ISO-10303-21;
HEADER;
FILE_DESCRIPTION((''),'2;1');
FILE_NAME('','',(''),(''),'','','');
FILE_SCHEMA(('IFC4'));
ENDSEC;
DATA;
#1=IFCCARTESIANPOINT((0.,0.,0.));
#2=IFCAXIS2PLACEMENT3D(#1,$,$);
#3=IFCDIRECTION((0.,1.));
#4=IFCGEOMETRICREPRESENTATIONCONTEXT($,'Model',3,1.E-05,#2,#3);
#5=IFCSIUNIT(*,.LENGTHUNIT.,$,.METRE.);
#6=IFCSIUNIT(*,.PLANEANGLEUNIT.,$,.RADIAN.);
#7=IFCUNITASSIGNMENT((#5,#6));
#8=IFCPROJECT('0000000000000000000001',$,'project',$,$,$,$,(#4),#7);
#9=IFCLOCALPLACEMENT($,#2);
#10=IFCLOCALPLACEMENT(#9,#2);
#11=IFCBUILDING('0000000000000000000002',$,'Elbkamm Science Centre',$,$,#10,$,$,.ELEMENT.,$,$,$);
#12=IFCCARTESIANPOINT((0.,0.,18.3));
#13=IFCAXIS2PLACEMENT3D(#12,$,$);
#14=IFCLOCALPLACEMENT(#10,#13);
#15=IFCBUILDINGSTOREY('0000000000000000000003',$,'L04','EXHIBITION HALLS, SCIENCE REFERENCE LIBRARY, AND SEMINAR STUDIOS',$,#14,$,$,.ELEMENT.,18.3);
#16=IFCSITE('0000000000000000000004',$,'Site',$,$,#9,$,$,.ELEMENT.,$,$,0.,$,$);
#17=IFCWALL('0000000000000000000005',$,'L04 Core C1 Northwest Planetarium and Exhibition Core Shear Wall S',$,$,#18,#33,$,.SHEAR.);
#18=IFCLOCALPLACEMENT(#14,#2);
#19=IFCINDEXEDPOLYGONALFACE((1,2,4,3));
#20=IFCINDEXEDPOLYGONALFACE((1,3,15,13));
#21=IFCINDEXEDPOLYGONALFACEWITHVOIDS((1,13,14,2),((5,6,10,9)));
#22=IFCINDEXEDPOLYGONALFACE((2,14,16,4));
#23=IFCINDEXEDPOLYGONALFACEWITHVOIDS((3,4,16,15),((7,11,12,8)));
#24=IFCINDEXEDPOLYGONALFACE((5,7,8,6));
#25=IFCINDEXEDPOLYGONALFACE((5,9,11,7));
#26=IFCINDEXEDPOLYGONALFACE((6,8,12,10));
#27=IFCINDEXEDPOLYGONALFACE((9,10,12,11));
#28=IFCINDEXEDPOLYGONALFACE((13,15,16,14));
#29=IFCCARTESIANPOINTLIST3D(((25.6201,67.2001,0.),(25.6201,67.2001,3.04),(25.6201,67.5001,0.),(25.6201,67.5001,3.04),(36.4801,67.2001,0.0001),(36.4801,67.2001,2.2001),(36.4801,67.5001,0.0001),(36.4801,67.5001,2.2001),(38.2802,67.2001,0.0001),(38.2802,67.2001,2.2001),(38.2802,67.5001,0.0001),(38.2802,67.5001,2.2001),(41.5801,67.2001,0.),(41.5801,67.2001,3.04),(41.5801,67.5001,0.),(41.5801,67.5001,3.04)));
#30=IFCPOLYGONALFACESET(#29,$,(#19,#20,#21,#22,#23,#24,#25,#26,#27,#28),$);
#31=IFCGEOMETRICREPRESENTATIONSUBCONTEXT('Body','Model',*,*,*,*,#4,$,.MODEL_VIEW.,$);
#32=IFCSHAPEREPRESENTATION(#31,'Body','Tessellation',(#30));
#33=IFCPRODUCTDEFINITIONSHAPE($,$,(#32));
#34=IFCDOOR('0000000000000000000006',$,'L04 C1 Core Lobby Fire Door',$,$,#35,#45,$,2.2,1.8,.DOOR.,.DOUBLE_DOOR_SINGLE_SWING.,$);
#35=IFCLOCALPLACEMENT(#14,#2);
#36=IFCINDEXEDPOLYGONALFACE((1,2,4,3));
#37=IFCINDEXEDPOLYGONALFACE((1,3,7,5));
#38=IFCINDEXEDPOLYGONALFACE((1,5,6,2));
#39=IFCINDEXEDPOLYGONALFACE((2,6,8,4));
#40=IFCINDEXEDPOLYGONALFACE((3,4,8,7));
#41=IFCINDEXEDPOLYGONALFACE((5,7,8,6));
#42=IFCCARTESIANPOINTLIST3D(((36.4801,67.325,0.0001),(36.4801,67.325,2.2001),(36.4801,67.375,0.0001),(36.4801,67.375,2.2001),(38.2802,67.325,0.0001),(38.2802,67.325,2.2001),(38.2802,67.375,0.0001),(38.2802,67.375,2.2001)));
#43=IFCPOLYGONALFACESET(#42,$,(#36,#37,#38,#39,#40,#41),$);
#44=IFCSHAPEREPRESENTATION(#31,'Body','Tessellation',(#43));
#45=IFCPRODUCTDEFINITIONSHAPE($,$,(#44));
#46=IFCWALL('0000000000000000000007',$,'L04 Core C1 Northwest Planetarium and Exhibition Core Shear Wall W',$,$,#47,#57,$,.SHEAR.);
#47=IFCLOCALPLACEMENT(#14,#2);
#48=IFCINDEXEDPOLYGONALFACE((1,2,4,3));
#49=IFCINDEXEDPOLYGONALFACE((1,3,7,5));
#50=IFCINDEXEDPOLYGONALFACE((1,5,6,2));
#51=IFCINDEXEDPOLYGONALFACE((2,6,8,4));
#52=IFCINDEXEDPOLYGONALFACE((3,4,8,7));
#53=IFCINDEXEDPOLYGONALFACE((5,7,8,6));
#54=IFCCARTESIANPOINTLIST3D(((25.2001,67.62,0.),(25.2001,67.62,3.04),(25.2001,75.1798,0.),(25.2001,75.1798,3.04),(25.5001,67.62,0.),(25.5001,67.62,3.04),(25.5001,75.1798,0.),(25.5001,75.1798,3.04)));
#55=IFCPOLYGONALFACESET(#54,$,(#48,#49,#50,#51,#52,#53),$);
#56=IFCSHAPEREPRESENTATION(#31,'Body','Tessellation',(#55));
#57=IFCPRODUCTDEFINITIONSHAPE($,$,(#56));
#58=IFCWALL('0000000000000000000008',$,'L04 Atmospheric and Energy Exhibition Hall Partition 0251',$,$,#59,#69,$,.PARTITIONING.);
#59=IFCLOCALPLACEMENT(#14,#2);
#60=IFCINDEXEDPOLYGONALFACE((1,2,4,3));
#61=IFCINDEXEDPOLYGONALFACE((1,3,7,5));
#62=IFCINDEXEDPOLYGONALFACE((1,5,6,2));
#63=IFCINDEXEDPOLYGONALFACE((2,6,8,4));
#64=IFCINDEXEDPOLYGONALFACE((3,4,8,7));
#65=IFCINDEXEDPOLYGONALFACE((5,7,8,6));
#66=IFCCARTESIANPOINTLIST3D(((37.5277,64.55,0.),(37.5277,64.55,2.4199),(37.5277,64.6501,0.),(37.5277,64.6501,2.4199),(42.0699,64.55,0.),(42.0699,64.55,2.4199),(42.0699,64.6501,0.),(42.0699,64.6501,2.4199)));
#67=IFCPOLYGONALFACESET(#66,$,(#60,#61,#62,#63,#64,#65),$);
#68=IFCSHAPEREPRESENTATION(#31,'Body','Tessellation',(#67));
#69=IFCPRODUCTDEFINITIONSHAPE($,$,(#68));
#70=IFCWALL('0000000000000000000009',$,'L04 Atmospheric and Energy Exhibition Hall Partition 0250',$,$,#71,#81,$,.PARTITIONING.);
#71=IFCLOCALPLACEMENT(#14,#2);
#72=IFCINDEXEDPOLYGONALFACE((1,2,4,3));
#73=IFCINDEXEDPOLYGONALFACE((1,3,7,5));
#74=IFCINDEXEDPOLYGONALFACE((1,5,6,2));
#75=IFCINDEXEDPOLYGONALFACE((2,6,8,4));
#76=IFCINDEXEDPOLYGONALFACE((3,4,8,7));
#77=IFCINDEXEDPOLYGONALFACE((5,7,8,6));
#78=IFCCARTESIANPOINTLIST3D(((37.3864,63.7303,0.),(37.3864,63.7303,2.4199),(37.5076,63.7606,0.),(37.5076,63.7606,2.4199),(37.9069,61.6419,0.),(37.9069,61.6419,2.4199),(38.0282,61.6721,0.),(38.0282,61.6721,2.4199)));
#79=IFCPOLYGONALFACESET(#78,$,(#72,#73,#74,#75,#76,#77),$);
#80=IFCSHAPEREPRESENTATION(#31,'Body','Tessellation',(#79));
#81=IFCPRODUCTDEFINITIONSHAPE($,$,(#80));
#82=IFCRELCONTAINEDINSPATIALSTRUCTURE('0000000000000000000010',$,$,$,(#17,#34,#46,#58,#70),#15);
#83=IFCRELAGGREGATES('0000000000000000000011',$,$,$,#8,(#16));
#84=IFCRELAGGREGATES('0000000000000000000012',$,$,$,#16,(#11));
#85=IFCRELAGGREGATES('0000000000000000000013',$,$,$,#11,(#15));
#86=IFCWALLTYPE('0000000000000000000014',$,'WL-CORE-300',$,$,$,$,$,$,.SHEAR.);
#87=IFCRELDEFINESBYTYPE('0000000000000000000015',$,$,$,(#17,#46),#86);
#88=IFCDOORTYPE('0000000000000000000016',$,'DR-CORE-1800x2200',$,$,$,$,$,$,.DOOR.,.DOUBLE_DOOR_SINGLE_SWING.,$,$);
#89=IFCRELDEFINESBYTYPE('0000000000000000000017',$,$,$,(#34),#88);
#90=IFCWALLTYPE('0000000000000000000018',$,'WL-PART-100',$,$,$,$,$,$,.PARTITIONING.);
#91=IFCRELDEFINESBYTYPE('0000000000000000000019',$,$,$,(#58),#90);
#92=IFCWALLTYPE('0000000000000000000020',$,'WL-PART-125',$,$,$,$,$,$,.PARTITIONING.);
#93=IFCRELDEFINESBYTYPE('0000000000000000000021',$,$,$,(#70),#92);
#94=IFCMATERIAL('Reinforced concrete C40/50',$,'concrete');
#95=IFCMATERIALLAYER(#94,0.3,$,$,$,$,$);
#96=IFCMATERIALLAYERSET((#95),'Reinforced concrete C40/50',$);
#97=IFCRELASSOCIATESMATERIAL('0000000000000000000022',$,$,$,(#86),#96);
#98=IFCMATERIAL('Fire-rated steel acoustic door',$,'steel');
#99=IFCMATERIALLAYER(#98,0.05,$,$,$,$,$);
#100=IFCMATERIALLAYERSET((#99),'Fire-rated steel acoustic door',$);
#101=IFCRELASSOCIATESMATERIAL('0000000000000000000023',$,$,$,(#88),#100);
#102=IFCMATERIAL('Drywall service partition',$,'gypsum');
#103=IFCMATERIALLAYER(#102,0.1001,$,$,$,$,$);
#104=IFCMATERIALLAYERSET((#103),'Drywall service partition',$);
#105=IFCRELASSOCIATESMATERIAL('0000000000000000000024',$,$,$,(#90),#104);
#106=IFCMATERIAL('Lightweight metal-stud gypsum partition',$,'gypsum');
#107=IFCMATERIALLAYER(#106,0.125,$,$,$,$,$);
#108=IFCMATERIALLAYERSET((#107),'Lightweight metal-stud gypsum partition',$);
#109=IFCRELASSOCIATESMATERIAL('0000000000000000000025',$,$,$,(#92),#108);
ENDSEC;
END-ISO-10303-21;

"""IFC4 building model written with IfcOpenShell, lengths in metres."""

from ifc_helpers import new_model, si_unit, direction, frame, frame_2d, origin, place, context, subcontext, project, spatial, rectangle, extrude, material, layer, layer_set, type_object, element, fill, save


model = new_model("IFC4")

# Units and contexts
model_context = context("Model", 3, precision=1e-05, world=origin(), true_north=direction((0.0, 1.0)))
body_context = subcontext(model_context, "Body", "Model", "MODEL_VIEW")
ifc_project = project(units=[si_unit("LENGTHUNIT", "METRE"), si_unit("PLANEANGLEUNIT", "RADIAN")], contexts=[model_context])

# Site, building, storey
site_placement = place(None, origin())
site = spatial("IfcSite", under=ifc_project, at=site_placement, Name="Site", CompositionType="ELEMENT", RefElevation=0.0)
building_placement = place(site_placement, origin())
building = spatial("IfcBuilding", under=site, at=building_placement, Name="Elbkamm Science Centre", CompositionType="ELEMENT")
storey_placement = place(building_placement, frame((0.0, 0.0, 18.3)))
storey = spatial("IfcBuildingStorey", under=building, at=storey_placement, Name="L04", Description="EXHIBITION HALLS, SCIENCE REFERENCE LIBRARY, AND SEMINAR STUDIOS", CompositionType="ELEMENT", Elevation=18.3)

# Shared definitions
ifc_material_1 = material(Name="Reinforced concrete C40/50", Category="concrete")

# Wall, opening, door
ifc_material_2 = material(Name="Fire-rated steel acoustic door", Category="steel")
ifc_layer_1 = layer(ifc_material_1, 0.3)
ifc_layer_set_1 = layer_set([ifc_layer_1], Name="Reinforced concrete C40/50")
wall_type_1 = type_object("IfcWallType", Name="WL-CORE-300", PredefinedType="SHEAR", material=ifc_layer_set_1)
wall_1_placement = place(storey_placement, frame((25.6201, 67.3501, 0.0), z_axis=(0.0, 0.0, 1.0), x_axis=(1.0, 0.0, 0.0)))
wall_1 = element("IfcWall", 1, at=wall_1_placement, inside=storey, type_object=wall_type_1, Name="L04 Core C1 Northwest Planetarium and Exhibition Core Shear Wall S", PredefinedType="SHEAR", context=body_context, shape_type="SweptSolid", body=[
    extrude(rectangle(XDim=15.96, YDim=0.3, at=frame_2d((7.98, 0.0))), origin(), (0.0, 0.0, 1.0), 3.04),
])
opening_1_placement = place(wall_1_placement, frame((10.8601, 0.0, 0.0)))
opening_1 = element("IfcOpeningElement", 2, at=opening_1_placement, cuts=wall_1, PredefinedType="OPENING", context=body_context, shape_type="SweptSolid", body=[
    extrude(rectangle(XDim=1.8, YDim=2.2, at=frame_2d((0.8999, 1.1001))), frame((0.0, 0.1621, 0.0), z_axis=(0.0, -1.0, 0.0), x_axis=(1.0, 0.0, 0.0)), (0.0, 0.0, 1.0), 0.324),
])
ifc_layer_2 = layer(ifc_material_2, 0.05)
ifc_layer_set_2 = layer_set([ifc_layer_2], Name="Fire-rated steel acoustic door")
door_type_1 = type_object("IfcDoorType", Name="DR-CORE-1800x2200", OperationType="DOUBLE_DOOR_SINGLE_SWING", PredefinedType="DOOR", material=ifc_layer_set_2)
door_1_placement = place(opening_1_placement, origin())
door_1 = element("IfcDoor", 3, at=door_1_placement, inside=storey, type_object=door_type_1, Name="L04 C1 Core Lobby Fire Door", OperationType="DOUBLE_DOOR_SINGLE_SWING", OverallHeight=2.2, OverallWidth=1.8, PredefinedType="DOOR", context=body_context, shape_type="SweptSolid", body=[
    extrude(rectangle(XDim=1.8, YDim=2.2, at=frame_2d((0.8999, 1.1001))), frame((0.0, 0.0249, 0.0), z_axis=(0.0, -1.0, 0.0), x_axis=(1.0, 0.0, 0.0)), (0.0, 0.0, 1.0), 0.05),
])
fill(opening_1, door_1)

# Walls
wall_2_placement = place(storey_placement, frame((25.3501, 67.6201, 0.0), z_axis=(0.0, 0.0, 1.0), x_axis=(0.0, 1.0, 0.0)))
element("IfcWall", 4, at=wall_2_placement, inside=storey, type_object=wall_type_1, Name="L04 Core C1 Northwest Planetarium and Exhibition Core Shear Wall W", PredefinedType="SHEAR", context=body_context, shape_type="SweptSolid", body=[
    extrude(rectangle(XDim=7.5598, YDim=0.3, at=frame_2d((3.7798, 0.0))), origin(), (0.0, 0.0, 1.0), 3.04),
])
ifc_material_3 = material(Name="Drywall service partition", Category="gypsum")
ifc_layer_3 = layer(ifc_material_3, 0.1001)
ifc_layer_set_3 = layer_set([ifc_layer_3], Name="Drywall service partition")
wall_type_2 = type_object("IfcWallType", Name="WL-PART-100", PredefinedType="PARTITIONING", material=ifc_layer_set_3)
wall_3_placement = place(storey_placement, frame((37.5278, 64.6001, 0.0), z_axis=(0.0, 0.0, 1.0), x_axis=(1.0, 0.0, 0.0)))
element("IfcWall", 5, at=wall_3_placement, inside=storey, type_object=wall_type_2, Name="L04 Atmospheric and Energy Exhibition Hall Partition 0251", PredefinedType="PARTITIONING", context=body_context, shape_type="SweptSolid", body=[
    extrude(rectangle(XDim=4.5422, YDim=0.1001, at=frame_2d((2.271, 0.0))), origin(), (0.0, 0.0, 1.0), 2.4199),
])
ifc_material_4 = material(Name="Lightweight metal-stud gypsum partition", Category="gypsum")
ifc_layer_4 = layer(ifc_material_4, 0.125)
ifc_layer_set_4 = layer_set([ifc_layer_4], Name="Lightweight metal-stud gypsum partition")
wall_type_3 = type_object("IfcWallType", Name="WL-PART-125", PredefinedType="PARTITIONING", material=ifc_layer_set_4)
wall_4_placement = place(storey_placement, frame((37.9675, 61.657, 0.0), z_axis=(0.0, 0.0, 1.0), x_axis=(-0.241842, 0.970316, 0.0)))
element("IfcWall", 6, at=wall_4_placement, inside=storey, type_object=wall_type_3, Name="L04 Atmospheric and Energy Exhibition Hall Partition 0250", PredefinedType="PARTITIONING", context=body_context, shape_type="SweptSolid", body=[
    extrude(rectangle(XDim=2.1523, YDim=0.125, at=frame_2d((1.0762, 0.0))), origin(), (0.0, 0.0, 1.0), 2.4199),
])

save(model, "model.ifc")
